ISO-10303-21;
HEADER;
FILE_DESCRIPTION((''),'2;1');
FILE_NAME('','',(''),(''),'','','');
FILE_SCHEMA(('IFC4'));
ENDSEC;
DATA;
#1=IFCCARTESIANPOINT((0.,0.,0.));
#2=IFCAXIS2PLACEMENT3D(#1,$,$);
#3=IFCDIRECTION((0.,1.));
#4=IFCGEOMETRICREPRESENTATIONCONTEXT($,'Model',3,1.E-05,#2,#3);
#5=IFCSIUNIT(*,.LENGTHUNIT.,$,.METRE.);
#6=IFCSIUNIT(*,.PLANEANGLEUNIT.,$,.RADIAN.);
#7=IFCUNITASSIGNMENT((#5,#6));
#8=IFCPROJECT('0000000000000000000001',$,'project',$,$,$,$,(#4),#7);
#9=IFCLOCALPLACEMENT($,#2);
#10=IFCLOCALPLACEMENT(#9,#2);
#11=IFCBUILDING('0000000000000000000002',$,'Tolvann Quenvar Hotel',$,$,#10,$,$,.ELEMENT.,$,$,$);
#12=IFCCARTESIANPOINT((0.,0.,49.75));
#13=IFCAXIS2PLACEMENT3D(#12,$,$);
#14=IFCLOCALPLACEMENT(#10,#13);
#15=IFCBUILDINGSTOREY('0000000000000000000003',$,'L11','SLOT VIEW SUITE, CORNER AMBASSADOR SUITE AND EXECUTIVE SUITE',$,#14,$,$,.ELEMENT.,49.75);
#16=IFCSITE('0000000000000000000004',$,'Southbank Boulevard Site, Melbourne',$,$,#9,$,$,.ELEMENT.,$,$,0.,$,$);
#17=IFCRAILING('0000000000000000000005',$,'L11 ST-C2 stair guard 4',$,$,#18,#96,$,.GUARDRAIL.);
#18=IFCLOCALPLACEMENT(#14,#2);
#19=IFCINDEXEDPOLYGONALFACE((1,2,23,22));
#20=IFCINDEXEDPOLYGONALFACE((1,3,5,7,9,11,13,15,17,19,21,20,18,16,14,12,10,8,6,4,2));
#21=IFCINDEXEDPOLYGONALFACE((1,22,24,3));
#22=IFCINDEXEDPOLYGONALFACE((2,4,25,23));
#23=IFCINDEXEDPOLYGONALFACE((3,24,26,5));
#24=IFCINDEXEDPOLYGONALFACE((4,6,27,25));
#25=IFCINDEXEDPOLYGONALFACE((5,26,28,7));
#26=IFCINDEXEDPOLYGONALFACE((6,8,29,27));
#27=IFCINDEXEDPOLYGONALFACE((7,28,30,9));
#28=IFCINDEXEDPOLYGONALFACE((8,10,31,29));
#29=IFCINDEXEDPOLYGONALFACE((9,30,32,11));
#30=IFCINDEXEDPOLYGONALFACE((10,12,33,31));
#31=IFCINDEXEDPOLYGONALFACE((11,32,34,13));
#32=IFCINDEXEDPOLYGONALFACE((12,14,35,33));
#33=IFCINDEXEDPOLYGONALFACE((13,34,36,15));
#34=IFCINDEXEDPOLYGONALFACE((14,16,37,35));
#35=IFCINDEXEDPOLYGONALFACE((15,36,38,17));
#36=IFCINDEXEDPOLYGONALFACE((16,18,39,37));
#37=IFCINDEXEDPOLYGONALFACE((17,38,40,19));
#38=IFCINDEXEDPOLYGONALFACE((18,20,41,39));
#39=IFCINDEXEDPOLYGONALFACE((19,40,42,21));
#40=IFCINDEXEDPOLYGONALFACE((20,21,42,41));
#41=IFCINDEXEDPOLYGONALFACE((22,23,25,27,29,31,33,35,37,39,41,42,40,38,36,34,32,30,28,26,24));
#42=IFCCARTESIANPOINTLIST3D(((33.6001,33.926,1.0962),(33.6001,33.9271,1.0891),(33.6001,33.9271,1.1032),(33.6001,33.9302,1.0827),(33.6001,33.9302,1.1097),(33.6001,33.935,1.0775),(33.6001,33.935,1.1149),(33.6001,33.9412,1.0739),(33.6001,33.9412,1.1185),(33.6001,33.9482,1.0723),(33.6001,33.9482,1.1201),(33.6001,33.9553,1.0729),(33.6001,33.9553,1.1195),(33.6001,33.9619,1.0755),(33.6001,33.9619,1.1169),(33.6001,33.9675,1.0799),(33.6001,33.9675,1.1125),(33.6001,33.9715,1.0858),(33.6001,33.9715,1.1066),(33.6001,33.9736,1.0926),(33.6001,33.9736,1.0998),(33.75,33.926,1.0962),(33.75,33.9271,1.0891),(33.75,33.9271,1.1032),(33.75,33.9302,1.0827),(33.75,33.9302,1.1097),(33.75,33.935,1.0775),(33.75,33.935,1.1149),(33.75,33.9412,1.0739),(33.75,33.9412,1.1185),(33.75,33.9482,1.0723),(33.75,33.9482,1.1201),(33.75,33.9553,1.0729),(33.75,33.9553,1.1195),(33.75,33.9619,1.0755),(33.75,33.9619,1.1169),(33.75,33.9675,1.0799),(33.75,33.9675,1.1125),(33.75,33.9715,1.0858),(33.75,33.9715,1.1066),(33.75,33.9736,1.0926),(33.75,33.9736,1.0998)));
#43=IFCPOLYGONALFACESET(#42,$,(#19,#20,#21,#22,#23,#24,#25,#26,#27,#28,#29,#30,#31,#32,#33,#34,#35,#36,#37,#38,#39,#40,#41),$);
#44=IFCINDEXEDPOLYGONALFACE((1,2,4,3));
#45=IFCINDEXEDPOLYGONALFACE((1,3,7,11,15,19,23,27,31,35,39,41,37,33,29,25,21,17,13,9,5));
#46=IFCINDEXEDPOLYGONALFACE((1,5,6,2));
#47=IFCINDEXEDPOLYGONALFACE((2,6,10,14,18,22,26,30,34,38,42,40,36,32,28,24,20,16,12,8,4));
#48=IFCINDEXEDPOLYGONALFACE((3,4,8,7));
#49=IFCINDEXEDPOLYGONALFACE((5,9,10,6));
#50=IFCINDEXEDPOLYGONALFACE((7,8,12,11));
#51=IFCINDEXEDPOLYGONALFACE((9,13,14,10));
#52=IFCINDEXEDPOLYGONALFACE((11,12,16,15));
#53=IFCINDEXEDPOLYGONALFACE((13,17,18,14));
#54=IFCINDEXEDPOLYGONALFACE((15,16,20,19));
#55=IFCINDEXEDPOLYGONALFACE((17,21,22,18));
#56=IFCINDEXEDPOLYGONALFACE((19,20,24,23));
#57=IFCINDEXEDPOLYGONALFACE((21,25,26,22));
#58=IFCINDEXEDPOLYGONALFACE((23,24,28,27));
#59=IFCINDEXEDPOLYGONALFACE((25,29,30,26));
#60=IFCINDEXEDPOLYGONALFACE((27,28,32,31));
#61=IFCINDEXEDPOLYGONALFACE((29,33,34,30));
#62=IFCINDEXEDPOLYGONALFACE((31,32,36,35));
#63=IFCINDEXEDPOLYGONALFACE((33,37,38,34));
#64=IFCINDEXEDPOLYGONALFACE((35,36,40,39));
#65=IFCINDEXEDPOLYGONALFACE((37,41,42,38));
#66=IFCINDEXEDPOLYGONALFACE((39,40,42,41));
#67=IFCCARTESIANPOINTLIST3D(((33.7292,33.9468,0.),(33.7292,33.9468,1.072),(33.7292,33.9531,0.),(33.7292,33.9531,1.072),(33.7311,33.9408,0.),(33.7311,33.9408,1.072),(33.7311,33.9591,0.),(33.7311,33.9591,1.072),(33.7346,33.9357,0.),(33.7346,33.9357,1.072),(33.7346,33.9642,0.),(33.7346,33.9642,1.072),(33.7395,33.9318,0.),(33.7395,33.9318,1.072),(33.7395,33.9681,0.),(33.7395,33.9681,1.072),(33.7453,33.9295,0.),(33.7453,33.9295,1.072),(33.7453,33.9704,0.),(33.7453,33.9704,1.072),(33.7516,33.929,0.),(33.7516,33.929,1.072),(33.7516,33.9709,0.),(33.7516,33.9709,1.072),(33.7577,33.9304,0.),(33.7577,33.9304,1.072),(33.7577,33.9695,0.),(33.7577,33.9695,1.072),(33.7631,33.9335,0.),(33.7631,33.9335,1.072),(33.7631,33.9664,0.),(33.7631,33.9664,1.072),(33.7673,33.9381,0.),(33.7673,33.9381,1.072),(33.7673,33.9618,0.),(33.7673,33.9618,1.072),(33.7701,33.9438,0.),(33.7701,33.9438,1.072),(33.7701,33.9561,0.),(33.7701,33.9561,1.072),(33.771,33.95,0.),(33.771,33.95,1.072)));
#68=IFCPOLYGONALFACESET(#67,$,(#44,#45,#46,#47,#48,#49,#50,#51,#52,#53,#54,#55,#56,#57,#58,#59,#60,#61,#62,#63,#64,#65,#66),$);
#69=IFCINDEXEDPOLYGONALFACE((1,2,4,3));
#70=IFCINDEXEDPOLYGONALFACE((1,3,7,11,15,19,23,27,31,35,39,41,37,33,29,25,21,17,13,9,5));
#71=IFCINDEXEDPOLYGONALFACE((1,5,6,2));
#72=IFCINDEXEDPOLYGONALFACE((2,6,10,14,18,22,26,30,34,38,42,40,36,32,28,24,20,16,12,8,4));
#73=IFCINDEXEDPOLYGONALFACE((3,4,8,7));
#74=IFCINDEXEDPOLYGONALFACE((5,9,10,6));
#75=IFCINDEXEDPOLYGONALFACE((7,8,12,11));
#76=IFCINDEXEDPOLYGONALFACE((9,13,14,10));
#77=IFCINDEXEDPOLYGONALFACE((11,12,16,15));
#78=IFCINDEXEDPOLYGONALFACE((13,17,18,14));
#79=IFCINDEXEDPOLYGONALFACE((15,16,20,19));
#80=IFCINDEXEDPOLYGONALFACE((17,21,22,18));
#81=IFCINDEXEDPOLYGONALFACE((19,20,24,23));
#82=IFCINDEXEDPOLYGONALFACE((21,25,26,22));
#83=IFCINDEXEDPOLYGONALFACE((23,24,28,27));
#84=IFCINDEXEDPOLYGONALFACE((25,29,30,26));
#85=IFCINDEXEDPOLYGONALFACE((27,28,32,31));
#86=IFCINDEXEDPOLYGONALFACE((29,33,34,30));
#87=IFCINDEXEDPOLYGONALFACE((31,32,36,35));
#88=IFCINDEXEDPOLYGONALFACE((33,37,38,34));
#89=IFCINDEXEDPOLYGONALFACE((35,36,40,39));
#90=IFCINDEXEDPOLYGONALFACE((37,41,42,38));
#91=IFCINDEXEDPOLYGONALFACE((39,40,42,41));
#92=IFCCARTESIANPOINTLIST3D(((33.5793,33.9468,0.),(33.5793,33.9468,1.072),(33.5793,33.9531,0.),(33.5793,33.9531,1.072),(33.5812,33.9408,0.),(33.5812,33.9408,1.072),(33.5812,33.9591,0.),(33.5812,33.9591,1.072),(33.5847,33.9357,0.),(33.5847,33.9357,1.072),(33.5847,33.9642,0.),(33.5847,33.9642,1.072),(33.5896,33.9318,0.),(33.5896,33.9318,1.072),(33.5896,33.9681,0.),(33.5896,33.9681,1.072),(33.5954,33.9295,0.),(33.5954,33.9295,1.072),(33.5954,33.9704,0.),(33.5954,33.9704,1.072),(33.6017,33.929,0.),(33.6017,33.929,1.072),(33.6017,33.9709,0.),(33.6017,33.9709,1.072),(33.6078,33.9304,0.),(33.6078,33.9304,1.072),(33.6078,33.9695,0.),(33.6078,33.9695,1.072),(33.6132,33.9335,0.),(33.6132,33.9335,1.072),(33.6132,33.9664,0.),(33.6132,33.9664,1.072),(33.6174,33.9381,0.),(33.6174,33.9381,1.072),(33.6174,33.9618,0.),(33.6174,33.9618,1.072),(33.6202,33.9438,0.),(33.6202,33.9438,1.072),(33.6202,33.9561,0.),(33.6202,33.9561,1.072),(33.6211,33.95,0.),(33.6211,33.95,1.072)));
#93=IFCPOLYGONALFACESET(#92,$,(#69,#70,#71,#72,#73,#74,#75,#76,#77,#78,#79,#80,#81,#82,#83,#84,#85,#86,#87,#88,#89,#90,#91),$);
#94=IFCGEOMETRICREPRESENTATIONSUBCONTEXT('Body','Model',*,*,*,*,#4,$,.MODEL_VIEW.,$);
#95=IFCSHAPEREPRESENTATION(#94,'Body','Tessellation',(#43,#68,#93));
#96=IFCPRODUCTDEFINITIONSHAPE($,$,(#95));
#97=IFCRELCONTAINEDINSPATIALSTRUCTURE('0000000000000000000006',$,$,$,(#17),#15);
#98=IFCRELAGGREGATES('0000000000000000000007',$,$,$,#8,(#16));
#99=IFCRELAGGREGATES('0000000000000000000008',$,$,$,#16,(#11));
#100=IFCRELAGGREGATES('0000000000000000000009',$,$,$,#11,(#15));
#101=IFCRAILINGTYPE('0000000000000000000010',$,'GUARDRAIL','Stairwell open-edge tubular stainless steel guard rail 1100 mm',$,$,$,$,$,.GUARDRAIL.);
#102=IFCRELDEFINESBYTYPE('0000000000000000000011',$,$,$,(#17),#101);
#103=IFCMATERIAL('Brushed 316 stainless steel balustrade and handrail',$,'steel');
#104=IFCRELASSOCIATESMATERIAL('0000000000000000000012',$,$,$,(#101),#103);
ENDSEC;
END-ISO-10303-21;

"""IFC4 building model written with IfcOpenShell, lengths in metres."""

from ifc_helpers import new_model, si_unit, direction, frame, origin, origin_2d, place, context, subcontext, project, spatial, circle, extrude, material, type_object, element, save


model = new_model("IFC4")

# Units and contexts
model_context = context("Model", 3, precision=1e-05, world=origin(), true_north=direction((0.0, 1.0)))
body_context = subcontext(model_context, "Body", "Model", "MODEL_VIEW")
ifc_project = project(units=[si_unit("LENGTHUNIT", "METRE"), si_unit("PLANEANGLEUNIT", "RADIAN")], contexts=[model_context])

# Site, building, storey
site_placement = place(None, origin())
site = spatial("IfcSite", under=ifc_project, at=site_placement, Name="Southbank Boulevard Site, Melbourne", CompositionType="ELEMENT", RefElevation=0.0)
building_placement = place(site_placement, origin())
building = spatial("IfcBuilding", under=site, at=building_placement, Name="Tolvann Quenvar Hotel", CompositionType="ELEMENT")
storey_placement = place(building_placement, frame((0.0, 0.0, 49.75)))
storey = spatial("IfcBuildingStorey", under=building, at=storey_placement, Name="L11", Description="SLOT VIEW SUITE, CORNER AMBASSADOR SUITE AND EXECUTIVE SUITE", CompositionType="ELEMENT", Elevation=49.75)

# Railing
ifc_material_1 = material(Name="Brushed 316 stainless steel balustrade and handrail", Category="steel")
railing_type_1 = type_object("IfcRailingType", Name="GUARDRAIL", Description="Stairwell open-edge tubular stainless steel guard rail 1100 mm", PredefinedType="GUARDRAIL", material=ifc_material_1)
railing_1_placement = place(storey_placement, frame((33.75, 33.95, 0.0)))
element("IfcRailing", 1, at=railing_1_placement, inside=storey, type_object=railing_type_1, Name="L11 ST-C2 stair guard 4", PredefinedType="GUARDRAIL", context=body_context, shape_type="SweptSolid", body=[
    extrude(circle(Radius=0.0239, at=origin_2d()), frame((0.0, 0.0, 1.0962), z_axis=(-1.0, 0.0, 0.0), x_axis=(0.0, -1.0, 0.0)), (0.0, 0.0, 1.0), 0.1499),
    extrude(circle(Radius=0.021, at=origin_2d()), origin(), (0.0, 0.0, 1.0), 1.072),
    extrude(circle(Radius=0.021, at=origin_2d()), frame((-0.1499, 0.0, 0.0)), (0.0, 0.0, 1.0), 1.072),
])

save(model, "model.ifc")
